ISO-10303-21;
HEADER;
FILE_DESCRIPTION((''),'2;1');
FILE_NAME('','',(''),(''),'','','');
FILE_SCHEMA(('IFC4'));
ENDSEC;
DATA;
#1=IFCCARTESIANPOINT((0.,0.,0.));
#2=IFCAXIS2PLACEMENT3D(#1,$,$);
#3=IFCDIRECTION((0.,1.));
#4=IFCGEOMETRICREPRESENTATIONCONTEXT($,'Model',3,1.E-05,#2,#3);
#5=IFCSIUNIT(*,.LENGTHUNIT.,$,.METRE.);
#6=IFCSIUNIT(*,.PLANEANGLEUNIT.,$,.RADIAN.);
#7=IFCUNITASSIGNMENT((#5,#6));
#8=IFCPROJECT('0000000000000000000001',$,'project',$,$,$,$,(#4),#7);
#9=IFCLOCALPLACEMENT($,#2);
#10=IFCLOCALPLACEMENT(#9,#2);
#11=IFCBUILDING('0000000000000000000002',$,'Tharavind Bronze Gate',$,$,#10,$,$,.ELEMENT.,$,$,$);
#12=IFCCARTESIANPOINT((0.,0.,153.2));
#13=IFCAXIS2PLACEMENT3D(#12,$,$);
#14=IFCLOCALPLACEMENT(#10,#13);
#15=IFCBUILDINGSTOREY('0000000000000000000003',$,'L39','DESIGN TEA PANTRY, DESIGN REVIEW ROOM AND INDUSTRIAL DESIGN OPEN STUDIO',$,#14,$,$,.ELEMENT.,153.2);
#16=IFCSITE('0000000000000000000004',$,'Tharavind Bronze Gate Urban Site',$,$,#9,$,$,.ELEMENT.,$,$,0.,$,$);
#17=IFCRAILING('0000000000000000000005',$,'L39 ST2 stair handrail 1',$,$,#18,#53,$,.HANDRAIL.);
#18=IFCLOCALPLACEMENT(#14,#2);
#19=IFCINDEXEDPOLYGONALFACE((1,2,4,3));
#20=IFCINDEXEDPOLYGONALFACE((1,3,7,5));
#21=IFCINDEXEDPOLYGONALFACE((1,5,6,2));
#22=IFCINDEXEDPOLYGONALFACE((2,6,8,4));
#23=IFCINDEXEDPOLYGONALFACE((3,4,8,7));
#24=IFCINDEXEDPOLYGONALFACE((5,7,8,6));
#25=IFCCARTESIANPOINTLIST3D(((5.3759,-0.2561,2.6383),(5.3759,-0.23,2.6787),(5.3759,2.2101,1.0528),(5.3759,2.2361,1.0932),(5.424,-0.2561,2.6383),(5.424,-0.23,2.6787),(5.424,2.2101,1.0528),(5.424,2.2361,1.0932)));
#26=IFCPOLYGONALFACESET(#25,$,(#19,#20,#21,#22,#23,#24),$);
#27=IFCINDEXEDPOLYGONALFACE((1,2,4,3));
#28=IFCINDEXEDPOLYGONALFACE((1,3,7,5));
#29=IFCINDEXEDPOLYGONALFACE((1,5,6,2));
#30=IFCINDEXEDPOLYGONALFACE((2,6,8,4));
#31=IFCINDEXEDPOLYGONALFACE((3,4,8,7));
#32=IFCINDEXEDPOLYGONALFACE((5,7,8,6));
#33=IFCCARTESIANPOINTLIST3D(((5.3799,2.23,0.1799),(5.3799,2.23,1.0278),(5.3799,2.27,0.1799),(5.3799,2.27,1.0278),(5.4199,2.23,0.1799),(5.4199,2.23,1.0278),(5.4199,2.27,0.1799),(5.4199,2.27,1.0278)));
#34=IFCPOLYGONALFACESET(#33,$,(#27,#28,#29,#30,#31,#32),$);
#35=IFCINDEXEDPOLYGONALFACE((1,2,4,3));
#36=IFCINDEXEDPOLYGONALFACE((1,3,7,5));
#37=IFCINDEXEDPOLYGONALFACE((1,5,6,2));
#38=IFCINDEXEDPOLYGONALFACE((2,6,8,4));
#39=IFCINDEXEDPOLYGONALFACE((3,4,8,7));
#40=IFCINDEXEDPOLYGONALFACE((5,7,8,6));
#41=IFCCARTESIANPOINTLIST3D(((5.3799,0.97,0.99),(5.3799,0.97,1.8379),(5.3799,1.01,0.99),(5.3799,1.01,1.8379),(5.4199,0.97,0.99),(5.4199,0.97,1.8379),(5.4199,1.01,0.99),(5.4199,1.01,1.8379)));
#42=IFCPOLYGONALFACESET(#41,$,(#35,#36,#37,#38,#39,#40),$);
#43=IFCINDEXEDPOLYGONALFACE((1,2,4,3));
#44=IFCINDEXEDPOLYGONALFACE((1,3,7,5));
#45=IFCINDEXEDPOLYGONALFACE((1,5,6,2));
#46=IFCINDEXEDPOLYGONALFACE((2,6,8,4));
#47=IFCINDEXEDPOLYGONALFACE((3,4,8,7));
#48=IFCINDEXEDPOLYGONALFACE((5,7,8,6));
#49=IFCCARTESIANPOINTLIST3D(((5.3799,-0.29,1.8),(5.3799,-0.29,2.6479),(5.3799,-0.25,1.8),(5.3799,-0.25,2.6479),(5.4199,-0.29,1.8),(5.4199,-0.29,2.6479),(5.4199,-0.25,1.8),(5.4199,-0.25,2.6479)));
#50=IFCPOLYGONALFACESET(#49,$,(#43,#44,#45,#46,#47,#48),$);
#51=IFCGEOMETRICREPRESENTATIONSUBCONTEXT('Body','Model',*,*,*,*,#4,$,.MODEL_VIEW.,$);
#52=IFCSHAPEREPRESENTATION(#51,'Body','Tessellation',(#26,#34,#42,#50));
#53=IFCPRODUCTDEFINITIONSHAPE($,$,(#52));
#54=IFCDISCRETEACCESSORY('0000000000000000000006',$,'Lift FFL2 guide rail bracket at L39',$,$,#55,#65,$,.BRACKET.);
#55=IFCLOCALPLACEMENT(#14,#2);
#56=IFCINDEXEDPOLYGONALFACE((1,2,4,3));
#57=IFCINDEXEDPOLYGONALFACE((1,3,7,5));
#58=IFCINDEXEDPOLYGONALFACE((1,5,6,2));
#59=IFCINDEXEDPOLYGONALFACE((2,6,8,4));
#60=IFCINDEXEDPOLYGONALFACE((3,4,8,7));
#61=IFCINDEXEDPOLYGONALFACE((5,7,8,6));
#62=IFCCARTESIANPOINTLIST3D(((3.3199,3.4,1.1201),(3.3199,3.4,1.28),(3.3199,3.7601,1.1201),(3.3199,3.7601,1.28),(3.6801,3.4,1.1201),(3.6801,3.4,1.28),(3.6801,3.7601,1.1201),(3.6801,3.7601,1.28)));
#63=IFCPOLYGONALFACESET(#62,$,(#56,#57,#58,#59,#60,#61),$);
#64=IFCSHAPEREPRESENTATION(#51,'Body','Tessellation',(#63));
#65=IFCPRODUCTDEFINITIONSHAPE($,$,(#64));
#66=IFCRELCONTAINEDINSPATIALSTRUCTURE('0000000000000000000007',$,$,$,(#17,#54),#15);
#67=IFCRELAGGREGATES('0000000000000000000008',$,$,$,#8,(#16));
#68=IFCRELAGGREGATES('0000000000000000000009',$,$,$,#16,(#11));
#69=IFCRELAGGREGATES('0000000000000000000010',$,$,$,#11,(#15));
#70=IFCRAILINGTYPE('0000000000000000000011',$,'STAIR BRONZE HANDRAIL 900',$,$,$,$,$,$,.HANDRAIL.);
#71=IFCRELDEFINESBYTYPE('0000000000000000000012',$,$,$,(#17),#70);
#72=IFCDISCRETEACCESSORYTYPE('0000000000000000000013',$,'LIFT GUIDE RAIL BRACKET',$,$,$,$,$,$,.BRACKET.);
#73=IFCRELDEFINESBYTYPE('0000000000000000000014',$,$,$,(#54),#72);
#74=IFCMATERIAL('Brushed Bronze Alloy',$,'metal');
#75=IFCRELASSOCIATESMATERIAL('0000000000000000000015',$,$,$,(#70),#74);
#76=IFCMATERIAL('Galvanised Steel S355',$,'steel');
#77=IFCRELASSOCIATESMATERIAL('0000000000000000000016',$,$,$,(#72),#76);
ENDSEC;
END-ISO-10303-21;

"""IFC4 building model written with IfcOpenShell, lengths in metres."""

from ifc_helpers import new_model, si_unit, direction, frame, origin, origin_2d, place, context, subcontext, project, spatial, rectangle, extrude, material, type_object, element, save


model = new_model("IFC4")

# Units and contexts
model_context = context("Model", 3, precision=1e-05, world=origin(), true_north=direction((0.0, 1.0)))
body_context = subcontext(model_context, "Body", "Model", "MODEL_VIEW")
ifc_project = project(units=[si_unit("LENGTHUNIT", "METRE"), si_unit("PLANEANGLEUNIT", "RADIAN")], contexts=[model_context])

# Site, building, storey
site_placement = place(None, origin())
site = spatial("IfcSite", under=ifc_project, at=site_placement, Name="Tharavind Bronze Gate Urban Site", CompositionType="ELEMENT", RefElevation=0.0)
building_placement = place(site_placement, origin())
building = spatial("IfcBuilding", under=site, at=building_placement, Name="Tharavind Bronze Gate", CompositionType="ELEMENT")
storey_placement = place(building_placement, frame((0.0, 0.0, 153.2)))
storey = spatial("IfcBuildingStorey", under=building, at=storey_placement, Name="L39", Description="DESIGN TEA PANTRY, DESIGN REVIEW ROOM AND INDUSTRIAL DESIGN OPEN STUDIO", CompositionType="ELEMENT", Elevation=153.2)

# Railing
ifc_material_1 = material(Name="Brushed Bronze Alloy", Category="metal")
railing_type = type_object("IfcRailingType", Name="STAIR BRONZE HANDRAIL 900", PredefinedType="HANDRAIL", material=ifc_material_1)
railing_placement = place(storey_placement, frame((5.3999, 2.25, 0.1799)))
element("IfcRailing", 1, at=railing_placement, inside=storey, type_object=railing_type, Name="L39 ST2 stair handrail 1", PredefinedType="HANDRAIL", context=body_context, shape_type="SweptSolid", body=[
    extrude(rectangle(XDim=0.0481, YDim=0.0481, at=origin_2d()), frame((0.0, -0.0269, 0.8931), z_axis=(0.0, -0.841163, 0.540782), x_axis=(1.0, 0.0, 0.0)), (0.0, 0.0, 1.0), 2.9319),
    extrude(rectangle(XDim=0.04, YDim=0.04, at=origin_2d()), origin(), (0.0, 0.0, 1.0), 0.8479),
    extrude(rectangle(XDim=0.04, YDim=0.04, at=origin_2d()), frame((0.0, -1.26, 0.8101)), (0.0, 0.0, 1.0), 0.8479),
    extrude(rectangle(XDim=0.04, YDim=0.04, at=origin_2d()), frame((0.0, -2.52, 1.6201)), (0.0, 0.0, 1.0), 0.8479),
])

# Discrete accessory
ifc_material_2 = material(Name="Galvanised Steel S355", Category="steel")
discrete_accessory_type = type_object("IfcDiscreteAccessoryType", Name="LIFT GUIDE RAIL BRACKET", PredefinedType="BRACKET", material=ifc_material_2)
discrete_accessory_placement = place(storey_placement, frame((3.5, 3.5801, 1.1201), z_axis=(0.0, 0.0, 1.0), x_axis=(1.0, 0.0, 0.0)))
element("IfcDiscreteAccessory", 2, at=discrete_accessory_placement, inside=storey, type_object=discrete_accessory_type, Name="Lift FFL2 guide rail bracket at L39", PredefinedType="BRACKET", context=body_context, shape_type="SweptSolid", body=[
    extrude(rectangle(XDim=0.3601, YDim=0.3601, at=origin_2d()), origin(), (0.0, 0.0, 1.0), 0.1599),
])

save(model, "model.ifc")
